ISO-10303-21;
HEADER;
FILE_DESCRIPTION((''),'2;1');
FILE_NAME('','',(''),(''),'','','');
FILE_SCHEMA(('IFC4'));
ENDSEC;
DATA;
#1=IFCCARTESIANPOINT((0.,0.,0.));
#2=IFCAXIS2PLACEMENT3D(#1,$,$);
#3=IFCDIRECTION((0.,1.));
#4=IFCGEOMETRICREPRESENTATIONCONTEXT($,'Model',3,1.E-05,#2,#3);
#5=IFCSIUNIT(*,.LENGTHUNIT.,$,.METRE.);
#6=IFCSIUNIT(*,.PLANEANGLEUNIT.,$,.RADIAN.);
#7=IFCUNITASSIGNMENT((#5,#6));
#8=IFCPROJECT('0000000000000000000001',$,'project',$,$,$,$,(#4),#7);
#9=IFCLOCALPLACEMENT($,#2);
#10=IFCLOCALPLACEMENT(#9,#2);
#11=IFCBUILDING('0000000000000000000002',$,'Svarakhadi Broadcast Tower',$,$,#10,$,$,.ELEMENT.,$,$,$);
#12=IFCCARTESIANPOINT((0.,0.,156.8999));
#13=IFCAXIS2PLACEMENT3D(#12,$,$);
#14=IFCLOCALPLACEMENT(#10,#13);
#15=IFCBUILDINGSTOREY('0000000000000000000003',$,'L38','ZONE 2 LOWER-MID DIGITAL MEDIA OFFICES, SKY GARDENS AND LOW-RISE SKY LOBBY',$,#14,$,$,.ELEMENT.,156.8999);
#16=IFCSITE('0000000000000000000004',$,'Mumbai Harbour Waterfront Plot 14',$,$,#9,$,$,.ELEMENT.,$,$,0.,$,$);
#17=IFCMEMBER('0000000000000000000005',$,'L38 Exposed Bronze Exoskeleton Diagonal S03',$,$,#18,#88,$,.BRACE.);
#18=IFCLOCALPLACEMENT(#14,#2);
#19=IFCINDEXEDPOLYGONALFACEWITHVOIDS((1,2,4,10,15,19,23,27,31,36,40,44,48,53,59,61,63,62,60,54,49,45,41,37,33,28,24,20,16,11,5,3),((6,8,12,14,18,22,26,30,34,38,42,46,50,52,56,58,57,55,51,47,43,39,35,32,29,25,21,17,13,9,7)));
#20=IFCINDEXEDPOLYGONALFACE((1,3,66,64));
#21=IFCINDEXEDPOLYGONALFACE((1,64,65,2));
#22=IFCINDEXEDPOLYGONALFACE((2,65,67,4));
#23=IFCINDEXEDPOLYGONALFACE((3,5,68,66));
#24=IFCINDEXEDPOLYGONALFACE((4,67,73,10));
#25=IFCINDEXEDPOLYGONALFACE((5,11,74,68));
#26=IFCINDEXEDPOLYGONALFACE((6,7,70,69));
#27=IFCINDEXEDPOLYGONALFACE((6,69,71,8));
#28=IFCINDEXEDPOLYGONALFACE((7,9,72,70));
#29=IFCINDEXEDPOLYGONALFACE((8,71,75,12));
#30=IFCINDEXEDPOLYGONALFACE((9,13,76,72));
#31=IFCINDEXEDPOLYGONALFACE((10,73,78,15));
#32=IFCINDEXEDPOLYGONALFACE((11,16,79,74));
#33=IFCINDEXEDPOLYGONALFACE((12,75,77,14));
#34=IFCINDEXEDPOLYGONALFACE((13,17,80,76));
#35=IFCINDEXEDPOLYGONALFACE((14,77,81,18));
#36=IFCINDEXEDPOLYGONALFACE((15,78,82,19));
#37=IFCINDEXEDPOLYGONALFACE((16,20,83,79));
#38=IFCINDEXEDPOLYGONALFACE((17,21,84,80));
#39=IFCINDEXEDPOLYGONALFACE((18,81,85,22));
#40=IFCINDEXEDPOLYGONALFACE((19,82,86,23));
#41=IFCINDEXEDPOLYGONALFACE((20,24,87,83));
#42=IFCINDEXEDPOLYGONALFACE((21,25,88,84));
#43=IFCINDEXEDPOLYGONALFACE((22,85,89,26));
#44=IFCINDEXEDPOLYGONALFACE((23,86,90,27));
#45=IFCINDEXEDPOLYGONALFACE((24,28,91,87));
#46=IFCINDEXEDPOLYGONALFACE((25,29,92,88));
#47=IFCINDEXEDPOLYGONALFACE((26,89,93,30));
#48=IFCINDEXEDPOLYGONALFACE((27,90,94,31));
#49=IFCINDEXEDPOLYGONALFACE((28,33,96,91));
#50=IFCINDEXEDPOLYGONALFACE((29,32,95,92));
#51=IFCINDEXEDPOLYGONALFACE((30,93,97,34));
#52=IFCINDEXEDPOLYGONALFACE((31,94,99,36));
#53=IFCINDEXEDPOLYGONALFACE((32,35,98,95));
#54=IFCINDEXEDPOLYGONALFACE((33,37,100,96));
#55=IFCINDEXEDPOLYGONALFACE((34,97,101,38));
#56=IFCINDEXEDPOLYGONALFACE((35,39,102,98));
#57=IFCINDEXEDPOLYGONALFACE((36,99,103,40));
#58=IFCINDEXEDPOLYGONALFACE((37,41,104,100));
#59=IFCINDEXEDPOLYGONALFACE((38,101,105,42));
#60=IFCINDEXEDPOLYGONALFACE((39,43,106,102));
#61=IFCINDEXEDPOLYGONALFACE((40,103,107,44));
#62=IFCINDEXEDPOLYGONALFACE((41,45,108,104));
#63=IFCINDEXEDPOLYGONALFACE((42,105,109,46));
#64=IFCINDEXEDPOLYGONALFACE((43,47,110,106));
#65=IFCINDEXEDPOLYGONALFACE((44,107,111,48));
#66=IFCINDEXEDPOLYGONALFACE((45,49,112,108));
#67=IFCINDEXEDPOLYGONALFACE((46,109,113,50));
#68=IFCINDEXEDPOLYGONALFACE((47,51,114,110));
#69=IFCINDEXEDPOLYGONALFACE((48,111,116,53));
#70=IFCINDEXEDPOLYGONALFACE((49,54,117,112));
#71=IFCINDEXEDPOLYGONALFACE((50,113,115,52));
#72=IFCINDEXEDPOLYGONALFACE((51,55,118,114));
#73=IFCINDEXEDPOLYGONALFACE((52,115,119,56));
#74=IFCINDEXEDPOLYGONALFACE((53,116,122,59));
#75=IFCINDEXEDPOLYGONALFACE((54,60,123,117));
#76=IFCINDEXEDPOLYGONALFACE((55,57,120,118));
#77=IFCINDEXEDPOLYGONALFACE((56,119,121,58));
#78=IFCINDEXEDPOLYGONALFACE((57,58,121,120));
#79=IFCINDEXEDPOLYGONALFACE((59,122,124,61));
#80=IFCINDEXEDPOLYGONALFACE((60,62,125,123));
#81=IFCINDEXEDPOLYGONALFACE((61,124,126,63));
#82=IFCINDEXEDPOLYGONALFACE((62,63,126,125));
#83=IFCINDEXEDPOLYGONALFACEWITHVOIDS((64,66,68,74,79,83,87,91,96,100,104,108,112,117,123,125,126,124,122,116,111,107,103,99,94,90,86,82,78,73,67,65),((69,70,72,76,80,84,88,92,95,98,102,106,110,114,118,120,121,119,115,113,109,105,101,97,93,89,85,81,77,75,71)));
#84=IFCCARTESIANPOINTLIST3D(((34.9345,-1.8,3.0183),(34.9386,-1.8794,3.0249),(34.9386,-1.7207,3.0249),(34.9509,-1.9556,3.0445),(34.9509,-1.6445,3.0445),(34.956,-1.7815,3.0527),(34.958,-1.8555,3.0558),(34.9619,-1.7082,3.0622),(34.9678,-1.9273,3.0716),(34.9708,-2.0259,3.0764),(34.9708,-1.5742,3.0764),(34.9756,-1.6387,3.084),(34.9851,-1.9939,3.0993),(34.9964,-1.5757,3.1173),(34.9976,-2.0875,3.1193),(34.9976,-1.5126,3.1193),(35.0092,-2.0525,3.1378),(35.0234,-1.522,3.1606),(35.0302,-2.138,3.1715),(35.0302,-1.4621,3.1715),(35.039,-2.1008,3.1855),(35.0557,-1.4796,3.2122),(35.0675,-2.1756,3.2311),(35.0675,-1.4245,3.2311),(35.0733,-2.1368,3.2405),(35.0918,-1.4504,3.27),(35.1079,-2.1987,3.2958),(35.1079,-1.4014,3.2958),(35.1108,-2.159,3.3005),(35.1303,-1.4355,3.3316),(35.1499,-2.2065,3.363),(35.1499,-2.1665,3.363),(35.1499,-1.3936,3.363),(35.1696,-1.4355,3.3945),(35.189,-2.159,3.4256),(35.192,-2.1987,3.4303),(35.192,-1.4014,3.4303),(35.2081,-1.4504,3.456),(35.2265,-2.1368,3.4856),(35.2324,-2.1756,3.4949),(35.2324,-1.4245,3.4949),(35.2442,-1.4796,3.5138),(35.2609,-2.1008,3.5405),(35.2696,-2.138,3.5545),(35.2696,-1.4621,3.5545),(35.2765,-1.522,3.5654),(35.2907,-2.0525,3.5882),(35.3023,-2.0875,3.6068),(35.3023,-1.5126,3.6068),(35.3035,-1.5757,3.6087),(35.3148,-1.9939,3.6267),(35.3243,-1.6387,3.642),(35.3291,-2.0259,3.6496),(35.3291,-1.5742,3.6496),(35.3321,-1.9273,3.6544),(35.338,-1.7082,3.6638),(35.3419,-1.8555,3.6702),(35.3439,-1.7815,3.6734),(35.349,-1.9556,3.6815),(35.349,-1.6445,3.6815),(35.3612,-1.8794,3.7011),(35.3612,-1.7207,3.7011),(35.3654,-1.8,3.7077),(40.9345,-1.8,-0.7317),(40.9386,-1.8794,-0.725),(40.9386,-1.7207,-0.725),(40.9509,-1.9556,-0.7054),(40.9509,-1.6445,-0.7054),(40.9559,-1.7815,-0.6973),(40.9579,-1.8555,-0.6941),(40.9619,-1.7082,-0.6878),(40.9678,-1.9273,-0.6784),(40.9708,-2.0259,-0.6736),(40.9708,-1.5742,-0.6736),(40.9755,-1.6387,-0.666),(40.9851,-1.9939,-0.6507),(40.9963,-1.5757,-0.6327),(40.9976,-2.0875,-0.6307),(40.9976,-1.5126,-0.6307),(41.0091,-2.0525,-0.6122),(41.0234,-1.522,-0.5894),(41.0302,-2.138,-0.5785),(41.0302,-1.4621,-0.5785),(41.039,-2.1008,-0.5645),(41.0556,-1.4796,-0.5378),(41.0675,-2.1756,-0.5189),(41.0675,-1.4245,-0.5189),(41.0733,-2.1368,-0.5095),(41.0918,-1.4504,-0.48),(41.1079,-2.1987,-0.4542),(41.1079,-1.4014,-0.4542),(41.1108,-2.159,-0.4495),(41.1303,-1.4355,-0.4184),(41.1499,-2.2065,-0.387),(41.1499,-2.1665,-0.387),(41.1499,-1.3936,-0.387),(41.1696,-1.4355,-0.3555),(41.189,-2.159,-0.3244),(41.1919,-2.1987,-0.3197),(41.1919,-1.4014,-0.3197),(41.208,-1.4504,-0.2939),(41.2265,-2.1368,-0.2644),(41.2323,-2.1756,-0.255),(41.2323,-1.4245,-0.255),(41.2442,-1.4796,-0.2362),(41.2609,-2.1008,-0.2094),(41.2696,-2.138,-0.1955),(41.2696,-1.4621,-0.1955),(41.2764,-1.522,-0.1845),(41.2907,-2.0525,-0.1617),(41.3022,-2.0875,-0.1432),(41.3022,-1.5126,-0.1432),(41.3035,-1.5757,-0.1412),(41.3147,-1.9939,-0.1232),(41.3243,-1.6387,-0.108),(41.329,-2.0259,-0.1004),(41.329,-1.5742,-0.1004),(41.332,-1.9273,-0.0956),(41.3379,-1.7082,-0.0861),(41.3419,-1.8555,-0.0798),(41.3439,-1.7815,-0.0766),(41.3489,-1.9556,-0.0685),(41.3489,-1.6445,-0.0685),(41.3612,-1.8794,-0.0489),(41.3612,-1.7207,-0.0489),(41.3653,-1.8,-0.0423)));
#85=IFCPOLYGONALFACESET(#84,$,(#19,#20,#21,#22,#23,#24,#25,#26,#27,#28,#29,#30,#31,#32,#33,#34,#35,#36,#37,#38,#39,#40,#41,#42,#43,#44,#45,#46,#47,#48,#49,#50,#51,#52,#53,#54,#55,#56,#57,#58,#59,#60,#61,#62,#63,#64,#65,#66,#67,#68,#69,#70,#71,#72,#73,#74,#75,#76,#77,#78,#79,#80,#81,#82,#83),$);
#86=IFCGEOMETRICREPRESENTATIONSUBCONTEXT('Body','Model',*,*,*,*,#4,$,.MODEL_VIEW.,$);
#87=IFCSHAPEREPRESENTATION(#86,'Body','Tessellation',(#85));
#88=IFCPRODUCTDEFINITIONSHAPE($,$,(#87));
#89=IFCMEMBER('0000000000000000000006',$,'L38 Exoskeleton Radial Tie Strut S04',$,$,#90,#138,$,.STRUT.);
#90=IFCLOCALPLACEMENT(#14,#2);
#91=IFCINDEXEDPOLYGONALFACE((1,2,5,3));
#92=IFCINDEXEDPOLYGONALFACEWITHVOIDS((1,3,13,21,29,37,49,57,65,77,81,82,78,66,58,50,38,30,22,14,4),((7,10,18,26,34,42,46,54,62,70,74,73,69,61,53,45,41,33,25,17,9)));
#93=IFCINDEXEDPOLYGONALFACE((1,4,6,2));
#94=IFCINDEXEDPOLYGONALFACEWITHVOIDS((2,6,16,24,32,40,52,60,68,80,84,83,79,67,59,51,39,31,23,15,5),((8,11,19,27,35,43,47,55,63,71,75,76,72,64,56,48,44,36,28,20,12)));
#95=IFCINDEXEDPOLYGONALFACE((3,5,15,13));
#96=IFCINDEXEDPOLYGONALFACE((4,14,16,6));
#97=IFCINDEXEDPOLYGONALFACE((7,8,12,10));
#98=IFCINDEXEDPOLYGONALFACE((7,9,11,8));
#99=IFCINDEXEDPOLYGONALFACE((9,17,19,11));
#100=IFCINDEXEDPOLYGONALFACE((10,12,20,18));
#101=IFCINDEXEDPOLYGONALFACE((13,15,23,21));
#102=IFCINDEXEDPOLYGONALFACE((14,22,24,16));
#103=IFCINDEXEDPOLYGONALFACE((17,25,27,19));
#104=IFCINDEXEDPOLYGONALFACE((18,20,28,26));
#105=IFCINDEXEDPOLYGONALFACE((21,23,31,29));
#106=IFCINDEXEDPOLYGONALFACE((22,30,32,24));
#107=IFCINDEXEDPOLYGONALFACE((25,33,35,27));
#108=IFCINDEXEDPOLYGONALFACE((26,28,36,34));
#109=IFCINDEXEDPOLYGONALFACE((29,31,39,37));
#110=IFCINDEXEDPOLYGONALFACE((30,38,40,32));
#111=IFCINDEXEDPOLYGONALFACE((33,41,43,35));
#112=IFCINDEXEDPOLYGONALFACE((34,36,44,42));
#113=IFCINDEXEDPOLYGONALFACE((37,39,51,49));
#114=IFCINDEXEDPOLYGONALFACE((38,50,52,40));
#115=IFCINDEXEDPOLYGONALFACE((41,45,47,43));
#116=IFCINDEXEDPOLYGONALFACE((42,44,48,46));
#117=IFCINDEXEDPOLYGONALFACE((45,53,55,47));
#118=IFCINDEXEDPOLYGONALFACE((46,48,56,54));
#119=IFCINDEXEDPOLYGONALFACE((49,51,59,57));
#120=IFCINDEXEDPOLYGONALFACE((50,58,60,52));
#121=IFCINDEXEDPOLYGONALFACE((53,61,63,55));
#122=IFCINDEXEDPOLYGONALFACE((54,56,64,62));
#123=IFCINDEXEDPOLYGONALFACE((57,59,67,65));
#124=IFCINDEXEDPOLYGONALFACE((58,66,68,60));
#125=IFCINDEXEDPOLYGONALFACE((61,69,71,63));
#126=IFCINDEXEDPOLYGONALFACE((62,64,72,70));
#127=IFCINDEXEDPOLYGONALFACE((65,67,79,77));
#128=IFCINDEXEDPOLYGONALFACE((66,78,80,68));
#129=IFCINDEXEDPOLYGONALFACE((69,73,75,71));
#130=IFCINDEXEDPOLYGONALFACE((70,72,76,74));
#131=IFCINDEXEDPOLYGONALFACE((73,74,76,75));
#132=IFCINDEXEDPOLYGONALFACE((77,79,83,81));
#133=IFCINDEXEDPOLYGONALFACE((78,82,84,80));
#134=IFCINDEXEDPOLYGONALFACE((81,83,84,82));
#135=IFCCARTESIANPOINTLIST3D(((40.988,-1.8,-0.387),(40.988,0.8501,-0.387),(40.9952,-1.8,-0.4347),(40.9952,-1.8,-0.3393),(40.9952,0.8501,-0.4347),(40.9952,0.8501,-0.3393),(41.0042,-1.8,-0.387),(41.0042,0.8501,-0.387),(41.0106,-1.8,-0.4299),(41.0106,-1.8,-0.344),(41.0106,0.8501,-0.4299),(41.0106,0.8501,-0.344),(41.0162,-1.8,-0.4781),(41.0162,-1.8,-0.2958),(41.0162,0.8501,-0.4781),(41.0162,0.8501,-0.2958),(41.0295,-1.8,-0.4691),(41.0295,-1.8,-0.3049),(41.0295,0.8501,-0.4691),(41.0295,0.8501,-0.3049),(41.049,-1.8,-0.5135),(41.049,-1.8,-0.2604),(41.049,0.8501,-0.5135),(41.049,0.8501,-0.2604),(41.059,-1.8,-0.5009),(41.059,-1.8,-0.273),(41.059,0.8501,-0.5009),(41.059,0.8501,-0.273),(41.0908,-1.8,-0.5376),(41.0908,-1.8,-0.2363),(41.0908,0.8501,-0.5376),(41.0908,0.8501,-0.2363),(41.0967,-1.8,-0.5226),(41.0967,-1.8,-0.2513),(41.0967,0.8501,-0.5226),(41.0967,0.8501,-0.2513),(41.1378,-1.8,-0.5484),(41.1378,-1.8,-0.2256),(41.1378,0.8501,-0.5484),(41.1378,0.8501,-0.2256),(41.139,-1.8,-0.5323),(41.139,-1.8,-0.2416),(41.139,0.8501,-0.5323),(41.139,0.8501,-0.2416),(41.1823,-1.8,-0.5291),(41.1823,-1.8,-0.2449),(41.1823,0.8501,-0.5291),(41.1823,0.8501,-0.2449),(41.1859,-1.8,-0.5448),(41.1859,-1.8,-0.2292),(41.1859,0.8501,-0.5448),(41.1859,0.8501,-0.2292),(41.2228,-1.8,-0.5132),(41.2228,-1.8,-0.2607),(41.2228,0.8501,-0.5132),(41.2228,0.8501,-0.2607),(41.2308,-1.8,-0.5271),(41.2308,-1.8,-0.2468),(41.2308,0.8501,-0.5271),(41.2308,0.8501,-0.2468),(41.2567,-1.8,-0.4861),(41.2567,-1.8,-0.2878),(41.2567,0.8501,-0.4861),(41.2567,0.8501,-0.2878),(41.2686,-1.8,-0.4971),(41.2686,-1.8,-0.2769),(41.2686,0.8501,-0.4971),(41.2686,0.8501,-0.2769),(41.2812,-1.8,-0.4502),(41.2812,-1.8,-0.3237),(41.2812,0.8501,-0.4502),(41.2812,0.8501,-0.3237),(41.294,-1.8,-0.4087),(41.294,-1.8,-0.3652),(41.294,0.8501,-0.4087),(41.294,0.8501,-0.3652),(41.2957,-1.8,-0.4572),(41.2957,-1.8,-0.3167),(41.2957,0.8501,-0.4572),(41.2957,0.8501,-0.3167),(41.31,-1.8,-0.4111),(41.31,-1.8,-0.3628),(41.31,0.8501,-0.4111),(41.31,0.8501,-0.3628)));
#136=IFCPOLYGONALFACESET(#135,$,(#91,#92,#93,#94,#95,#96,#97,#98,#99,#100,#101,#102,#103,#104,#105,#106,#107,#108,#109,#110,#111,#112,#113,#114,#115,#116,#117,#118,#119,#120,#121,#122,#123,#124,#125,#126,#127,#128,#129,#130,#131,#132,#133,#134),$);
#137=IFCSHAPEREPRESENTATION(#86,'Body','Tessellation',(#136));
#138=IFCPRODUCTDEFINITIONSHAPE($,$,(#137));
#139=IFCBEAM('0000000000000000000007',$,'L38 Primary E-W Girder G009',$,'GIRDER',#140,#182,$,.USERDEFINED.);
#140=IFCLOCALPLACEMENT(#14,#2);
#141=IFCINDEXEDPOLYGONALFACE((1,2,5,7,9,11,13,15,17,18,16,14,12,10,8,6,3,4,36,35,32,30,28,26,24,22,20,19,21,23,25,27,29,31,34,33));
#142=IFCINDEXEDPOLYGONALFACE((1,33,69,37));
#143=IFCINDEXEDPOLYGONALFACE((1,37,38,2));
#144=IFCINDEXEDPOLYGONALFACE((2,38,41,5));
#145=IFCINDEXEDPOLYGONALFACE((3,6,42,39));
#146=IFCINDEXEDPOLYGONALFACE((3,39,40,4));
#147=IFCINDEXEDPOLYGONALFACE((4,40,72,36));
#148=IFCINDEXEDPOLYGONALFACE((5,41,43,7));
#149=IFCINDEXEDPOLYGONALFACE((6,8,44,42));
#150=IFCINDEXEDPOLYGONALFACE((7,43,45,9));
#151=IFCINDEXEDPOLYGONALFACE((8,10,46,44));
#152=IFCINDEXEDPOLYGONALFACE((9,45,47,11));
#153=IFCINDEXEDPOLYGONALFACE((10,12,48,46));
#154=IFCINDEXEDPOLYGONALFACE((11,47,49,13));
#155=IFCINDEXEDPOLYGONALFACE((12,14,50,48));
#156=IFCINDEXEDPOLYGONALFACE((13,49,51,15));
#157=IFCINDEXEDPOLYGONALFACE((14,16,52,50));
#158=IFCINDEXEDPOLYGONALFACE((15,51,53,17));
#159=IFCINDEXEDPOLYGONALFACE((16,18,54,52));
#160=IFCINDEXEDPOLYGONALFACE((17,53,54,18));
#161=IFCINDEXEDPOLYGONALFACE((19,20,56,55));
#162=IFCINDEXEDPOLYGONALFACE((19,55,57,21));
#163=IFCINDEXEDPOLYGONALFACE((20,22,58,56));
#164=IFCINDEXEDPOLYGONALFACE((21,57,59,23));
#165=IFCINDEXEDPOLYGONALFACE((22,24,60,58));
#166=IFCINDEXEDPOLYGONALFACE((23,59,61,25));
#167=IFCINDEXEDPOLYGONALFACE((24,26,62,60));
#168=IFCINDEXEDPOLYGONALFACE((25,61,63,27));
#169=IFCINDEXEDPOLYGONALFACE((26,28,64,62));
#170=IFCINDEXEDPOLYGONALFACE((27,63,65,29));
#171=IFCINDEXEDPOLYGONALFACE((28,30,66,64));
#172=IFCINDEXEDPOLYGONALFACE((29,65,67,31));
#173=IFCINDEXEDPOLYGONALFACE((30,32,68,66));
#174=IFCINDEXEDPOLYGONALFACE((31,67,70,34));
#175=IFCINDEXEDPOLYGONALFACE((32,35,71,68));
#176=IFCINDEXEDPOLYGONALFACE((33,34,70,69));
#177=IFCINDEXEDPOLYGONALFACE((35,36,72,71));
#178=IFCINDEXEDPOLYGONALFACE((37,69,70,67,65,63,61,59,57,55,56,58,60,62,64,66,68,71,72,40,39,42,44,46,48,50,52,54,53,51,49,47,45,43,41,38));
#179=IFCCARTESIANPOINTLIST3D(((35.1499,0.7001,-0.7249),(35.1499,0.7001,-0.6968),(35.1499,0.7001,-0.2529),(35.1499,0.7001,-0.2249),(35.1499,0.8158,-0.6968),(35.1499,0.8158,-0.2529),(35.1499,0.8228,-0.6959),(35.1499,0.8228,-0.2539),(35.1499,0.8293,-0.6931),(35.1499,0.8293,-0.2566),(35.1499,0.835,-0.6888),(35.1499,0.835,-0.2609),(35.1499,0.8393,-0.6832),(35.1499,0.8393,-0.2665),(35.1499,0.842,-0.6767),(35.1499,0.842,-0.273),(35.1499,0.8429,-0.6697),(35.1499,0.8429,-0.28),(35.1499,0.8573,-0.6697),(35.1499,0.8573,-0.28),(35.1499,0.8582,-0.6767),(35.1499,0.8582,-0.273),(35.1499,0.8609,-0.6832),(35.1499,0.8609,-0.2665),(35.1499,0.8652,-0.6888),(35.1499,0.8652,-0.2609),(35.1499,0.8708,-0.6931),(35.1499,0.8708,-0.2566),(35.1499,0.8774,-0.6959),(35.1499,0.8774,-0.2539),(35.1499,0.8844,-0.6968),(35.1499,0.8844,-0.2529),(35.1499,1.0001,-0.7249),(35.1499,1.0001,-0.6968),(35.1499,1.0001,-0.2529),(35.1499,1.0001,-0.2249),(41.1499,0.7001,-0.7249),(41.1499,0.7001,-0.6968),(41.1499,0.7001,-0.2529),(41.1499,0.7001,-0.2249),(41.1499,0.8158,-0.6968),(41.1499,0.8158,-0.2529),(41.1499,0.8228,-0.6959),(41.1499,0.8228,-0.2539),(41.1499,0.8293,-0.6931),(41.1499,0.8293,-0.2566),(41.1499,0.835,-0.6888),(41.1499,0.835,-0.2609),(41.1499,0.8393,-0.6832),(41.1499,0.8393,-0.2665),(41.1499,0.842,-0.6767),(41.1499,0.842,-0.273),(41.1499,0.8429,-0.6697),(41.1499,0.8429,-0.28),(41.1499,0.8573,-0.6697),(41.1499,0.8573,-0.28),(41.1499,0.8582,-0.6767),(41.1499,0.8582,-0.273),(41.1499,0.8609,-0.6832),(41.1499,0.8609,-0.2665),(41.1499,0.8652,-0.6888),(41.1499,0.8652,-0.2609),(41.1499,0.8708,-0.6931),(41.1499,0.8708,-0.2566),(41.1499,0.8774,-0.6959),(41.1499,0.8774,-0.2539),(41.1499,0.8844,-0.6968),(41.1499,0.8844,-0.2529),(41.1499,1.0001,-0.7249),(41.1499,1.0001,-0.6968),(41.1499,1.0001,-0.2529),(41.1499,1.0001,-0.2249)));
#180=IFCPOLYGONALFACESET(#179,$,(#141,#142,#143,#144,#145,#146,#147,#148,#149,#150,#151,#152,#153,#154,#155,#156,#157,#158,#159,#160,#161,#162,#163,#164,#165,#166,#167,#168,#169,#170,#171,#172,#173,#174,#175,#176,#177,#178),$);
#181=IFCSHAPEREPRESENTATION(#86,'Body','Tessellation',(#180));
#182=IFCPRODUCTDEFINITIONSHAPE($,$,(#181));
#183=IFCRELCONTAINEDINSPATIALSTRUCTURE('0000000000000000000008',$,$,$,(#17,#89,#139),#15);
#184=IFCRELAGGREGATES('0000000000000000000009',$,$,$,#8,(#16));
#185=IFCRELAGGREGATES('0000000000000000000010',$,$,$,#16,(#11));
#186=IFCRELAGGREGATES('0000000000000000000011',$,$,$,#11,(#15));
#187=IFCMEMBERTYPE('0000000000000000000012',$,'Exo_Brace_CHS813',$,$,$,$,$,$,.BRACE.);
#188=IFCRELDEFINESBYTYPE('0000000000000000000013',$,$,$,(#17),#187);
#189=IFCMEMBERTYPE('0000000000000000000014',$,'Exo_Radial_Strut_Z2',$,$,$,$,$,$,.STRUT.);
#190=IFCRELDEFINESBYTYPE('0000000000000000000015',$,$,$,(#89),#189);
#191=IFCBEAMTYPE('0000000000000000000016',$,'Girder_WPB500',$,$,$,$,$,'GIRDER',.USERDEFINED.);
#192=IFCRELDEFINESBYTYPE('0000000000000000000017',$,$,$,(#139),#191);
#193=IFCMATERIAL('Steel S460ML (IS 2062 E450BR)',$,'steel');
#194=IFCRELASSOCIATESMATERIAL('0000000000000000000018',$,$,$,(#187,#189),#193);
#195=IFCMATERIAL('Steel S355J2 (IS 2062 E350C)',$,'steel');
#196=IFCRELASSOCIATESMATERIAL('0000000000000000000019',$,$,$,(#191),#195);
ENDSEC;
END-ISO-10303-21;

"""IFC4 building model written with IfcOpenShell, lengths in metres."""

from ifc_helpers import new_model, si_unit, direction, frame, origin, origin_2d, place, context, subcontext, project, spatial, hollow_circle, i_section, extrude, material, material_profile, profile_set, type_object, element, save


model = new_model("IFC4")

# Units and contexts
model_context = context("Model", 3, precision=1e-05, world=origin(), true_north=direction((0.0, 1.0)))
body_context = subcontext(model_context, "Body", "Model", "MODEL_VIEW")
ifc_project = project(units=[si_unit("LENGTHUNIT", "METRE"), si_unit("PLANEANGLEUNIT", "RADIAN")], contexts=[model_context])

# Site, building, storey
site_placement = place(None, origin())
site = spatial("IfcSite", under=ifc_project, at=site_placement, Name="Mumbai Harbour Waterfront Plot 14", CompositionType="ELEMENT", RefElevation=0.0)
building_placement = place(site_placement, origin())
building = spatial("IfcBuilding", under=site, at=building_placement, Name="Svarakhadi Broadcast Tower", CompositionType="ELEMENT")
storey_placement = place(building_placement, frame((0.0, 0.0, 156.8999)))
storey = spatial("IfcBuildingStorey", under=building, at=storey_placement, Name="L38", Description="ZONE 2 LOWER-MID DIGITAL MEDIA OFFICES, SKY GARDENS AND LOW-RISE SKY LOBBY", CompositionType="ELEMENT", Elevation=156.8999)

# Shared definitions
ifc_material_1 = material(Name="Steel S460ML (IS 2062 E450BR)", Category="steel")

# Members
ifc_material_profile_1 = material_profile(ifc_material_1, hollow_circle(Radius=0.4065, WallThickness=0.04, at=origin_2d()), Name="CHS 813x40")
ifc_profile_set_1 = profile_set([ifc_material_profile_1], Name="Steel S460ML (IS 2062 E450BR)")
member_type_1 = type_object("IfcMemberType", Name="Exo_Brace_CHS813", PredefinedType="BRACE", material=ifc_profile_set_1)
member_1_placement = place(storey_placement, frame((41.1499, -1.8, -0.387), z_axis=(-0.847998, 0.0, 0.529999), x_axis=(0.0, -1.0, 0.0)))
element("IfcMember", 1, at=member_1_placement, inside=storey, type_object=member_type_1, Name="L38 Exposed Bronze Exoskeleton Diagonal S03", PredefinedType="BRACE", context=body_context, shape_type="SweptSolid", body=[
    extrude(hollow_circle(Radius=0.4065, WallThickness=0.04, at=origin_2d()), origin(), (0.0, 0.0, 1.0), 7.0754),
])
ifc_material_profile_2 = material_profile(ifc_material_1, hollow_circle(Radius=0.1619, WallThickness=0.0161, at=origin_2d()), Name="CHS 323.9x16")
ifc_profile_set_2 = profile_set([ifc_material_profile_2], Name="Steel S460ML (IS 2062 E450BR)")
member_type_2 = type_object("IfcMemberType", Name="Exo_Radial_Strut_Z2", PredefinedType="STRUT", material=ifc_profile_set_2)
member_2_placement = place(storey_placement, frame((41.1499, -1.8, -0.387), z_axis=(0.0, 1.0, 0.0), x_axis=(-1.0, 0.0, 0.0)))
element("IfcMember", 2, at=member_2_placement, inside=storey, type_object=member_type_2, Name="L38 Exoskeleton Radial Tie Strut S04", PredefinedType="STRUT", context=body_context, shape_type="SweptSolid", body=[
    extrude(hollow_circle(Radius=0.1619, WallThickness=0.0161, at=origin_2d()), origin(), (0.0, 0.0, 1.0), 2.6501),
])

# Beam
ifc_material_2 = material(Name="Steel S355J2 (IS 2062 E350C)", Category="steel")
ifc_material_profile_3 = material_profile(ifc_material_2, i_section(OverallWidth=0.3, OverallDepth=0.5, WebThickness=0.0144, FlangeThickness=0.0281, FilletRadius=0.0271, at=origin_2d()), Name="WPB 500x300x187")
ifc_profile_set_3 = profile_set([ifc_material_profile_3], Name="Steel S355J2 (IS 2062 E350C)")
beam_type = type_object("IfcBeamType", Name="Girder_WPB500", ElementType="GIRDER", PredefinedType="USERDEFINED", material=ifc_profile_set_3)
beam_1_placement = place(storey_placement, frame((35.1499, 0.8501, -0.4749), z_axis=(1.0, 0.0, 0.0), x_axis=(0.0, 1.0, 0.0)))
element("IfcBeam", 3, at=beam_1_placement, inside=storey, type_object=beam_type, Name="L38 Primary E-W Girder G009", ObjectType="GIRDER", PredefinedType="USERDEFINED", context=body_context, shape_type="SweptSolid", body=[
    extrude(i_section(OverallWidth=0.3, OverallDepth=0.5, WebThickness=0.0144, FlangeThickness=0.0281, FilletRadius=0.0271, at=origin_2d()), origin(), (0.0, 0.0, 1.0), 6.0),
])

save(model, "model.ifc")
